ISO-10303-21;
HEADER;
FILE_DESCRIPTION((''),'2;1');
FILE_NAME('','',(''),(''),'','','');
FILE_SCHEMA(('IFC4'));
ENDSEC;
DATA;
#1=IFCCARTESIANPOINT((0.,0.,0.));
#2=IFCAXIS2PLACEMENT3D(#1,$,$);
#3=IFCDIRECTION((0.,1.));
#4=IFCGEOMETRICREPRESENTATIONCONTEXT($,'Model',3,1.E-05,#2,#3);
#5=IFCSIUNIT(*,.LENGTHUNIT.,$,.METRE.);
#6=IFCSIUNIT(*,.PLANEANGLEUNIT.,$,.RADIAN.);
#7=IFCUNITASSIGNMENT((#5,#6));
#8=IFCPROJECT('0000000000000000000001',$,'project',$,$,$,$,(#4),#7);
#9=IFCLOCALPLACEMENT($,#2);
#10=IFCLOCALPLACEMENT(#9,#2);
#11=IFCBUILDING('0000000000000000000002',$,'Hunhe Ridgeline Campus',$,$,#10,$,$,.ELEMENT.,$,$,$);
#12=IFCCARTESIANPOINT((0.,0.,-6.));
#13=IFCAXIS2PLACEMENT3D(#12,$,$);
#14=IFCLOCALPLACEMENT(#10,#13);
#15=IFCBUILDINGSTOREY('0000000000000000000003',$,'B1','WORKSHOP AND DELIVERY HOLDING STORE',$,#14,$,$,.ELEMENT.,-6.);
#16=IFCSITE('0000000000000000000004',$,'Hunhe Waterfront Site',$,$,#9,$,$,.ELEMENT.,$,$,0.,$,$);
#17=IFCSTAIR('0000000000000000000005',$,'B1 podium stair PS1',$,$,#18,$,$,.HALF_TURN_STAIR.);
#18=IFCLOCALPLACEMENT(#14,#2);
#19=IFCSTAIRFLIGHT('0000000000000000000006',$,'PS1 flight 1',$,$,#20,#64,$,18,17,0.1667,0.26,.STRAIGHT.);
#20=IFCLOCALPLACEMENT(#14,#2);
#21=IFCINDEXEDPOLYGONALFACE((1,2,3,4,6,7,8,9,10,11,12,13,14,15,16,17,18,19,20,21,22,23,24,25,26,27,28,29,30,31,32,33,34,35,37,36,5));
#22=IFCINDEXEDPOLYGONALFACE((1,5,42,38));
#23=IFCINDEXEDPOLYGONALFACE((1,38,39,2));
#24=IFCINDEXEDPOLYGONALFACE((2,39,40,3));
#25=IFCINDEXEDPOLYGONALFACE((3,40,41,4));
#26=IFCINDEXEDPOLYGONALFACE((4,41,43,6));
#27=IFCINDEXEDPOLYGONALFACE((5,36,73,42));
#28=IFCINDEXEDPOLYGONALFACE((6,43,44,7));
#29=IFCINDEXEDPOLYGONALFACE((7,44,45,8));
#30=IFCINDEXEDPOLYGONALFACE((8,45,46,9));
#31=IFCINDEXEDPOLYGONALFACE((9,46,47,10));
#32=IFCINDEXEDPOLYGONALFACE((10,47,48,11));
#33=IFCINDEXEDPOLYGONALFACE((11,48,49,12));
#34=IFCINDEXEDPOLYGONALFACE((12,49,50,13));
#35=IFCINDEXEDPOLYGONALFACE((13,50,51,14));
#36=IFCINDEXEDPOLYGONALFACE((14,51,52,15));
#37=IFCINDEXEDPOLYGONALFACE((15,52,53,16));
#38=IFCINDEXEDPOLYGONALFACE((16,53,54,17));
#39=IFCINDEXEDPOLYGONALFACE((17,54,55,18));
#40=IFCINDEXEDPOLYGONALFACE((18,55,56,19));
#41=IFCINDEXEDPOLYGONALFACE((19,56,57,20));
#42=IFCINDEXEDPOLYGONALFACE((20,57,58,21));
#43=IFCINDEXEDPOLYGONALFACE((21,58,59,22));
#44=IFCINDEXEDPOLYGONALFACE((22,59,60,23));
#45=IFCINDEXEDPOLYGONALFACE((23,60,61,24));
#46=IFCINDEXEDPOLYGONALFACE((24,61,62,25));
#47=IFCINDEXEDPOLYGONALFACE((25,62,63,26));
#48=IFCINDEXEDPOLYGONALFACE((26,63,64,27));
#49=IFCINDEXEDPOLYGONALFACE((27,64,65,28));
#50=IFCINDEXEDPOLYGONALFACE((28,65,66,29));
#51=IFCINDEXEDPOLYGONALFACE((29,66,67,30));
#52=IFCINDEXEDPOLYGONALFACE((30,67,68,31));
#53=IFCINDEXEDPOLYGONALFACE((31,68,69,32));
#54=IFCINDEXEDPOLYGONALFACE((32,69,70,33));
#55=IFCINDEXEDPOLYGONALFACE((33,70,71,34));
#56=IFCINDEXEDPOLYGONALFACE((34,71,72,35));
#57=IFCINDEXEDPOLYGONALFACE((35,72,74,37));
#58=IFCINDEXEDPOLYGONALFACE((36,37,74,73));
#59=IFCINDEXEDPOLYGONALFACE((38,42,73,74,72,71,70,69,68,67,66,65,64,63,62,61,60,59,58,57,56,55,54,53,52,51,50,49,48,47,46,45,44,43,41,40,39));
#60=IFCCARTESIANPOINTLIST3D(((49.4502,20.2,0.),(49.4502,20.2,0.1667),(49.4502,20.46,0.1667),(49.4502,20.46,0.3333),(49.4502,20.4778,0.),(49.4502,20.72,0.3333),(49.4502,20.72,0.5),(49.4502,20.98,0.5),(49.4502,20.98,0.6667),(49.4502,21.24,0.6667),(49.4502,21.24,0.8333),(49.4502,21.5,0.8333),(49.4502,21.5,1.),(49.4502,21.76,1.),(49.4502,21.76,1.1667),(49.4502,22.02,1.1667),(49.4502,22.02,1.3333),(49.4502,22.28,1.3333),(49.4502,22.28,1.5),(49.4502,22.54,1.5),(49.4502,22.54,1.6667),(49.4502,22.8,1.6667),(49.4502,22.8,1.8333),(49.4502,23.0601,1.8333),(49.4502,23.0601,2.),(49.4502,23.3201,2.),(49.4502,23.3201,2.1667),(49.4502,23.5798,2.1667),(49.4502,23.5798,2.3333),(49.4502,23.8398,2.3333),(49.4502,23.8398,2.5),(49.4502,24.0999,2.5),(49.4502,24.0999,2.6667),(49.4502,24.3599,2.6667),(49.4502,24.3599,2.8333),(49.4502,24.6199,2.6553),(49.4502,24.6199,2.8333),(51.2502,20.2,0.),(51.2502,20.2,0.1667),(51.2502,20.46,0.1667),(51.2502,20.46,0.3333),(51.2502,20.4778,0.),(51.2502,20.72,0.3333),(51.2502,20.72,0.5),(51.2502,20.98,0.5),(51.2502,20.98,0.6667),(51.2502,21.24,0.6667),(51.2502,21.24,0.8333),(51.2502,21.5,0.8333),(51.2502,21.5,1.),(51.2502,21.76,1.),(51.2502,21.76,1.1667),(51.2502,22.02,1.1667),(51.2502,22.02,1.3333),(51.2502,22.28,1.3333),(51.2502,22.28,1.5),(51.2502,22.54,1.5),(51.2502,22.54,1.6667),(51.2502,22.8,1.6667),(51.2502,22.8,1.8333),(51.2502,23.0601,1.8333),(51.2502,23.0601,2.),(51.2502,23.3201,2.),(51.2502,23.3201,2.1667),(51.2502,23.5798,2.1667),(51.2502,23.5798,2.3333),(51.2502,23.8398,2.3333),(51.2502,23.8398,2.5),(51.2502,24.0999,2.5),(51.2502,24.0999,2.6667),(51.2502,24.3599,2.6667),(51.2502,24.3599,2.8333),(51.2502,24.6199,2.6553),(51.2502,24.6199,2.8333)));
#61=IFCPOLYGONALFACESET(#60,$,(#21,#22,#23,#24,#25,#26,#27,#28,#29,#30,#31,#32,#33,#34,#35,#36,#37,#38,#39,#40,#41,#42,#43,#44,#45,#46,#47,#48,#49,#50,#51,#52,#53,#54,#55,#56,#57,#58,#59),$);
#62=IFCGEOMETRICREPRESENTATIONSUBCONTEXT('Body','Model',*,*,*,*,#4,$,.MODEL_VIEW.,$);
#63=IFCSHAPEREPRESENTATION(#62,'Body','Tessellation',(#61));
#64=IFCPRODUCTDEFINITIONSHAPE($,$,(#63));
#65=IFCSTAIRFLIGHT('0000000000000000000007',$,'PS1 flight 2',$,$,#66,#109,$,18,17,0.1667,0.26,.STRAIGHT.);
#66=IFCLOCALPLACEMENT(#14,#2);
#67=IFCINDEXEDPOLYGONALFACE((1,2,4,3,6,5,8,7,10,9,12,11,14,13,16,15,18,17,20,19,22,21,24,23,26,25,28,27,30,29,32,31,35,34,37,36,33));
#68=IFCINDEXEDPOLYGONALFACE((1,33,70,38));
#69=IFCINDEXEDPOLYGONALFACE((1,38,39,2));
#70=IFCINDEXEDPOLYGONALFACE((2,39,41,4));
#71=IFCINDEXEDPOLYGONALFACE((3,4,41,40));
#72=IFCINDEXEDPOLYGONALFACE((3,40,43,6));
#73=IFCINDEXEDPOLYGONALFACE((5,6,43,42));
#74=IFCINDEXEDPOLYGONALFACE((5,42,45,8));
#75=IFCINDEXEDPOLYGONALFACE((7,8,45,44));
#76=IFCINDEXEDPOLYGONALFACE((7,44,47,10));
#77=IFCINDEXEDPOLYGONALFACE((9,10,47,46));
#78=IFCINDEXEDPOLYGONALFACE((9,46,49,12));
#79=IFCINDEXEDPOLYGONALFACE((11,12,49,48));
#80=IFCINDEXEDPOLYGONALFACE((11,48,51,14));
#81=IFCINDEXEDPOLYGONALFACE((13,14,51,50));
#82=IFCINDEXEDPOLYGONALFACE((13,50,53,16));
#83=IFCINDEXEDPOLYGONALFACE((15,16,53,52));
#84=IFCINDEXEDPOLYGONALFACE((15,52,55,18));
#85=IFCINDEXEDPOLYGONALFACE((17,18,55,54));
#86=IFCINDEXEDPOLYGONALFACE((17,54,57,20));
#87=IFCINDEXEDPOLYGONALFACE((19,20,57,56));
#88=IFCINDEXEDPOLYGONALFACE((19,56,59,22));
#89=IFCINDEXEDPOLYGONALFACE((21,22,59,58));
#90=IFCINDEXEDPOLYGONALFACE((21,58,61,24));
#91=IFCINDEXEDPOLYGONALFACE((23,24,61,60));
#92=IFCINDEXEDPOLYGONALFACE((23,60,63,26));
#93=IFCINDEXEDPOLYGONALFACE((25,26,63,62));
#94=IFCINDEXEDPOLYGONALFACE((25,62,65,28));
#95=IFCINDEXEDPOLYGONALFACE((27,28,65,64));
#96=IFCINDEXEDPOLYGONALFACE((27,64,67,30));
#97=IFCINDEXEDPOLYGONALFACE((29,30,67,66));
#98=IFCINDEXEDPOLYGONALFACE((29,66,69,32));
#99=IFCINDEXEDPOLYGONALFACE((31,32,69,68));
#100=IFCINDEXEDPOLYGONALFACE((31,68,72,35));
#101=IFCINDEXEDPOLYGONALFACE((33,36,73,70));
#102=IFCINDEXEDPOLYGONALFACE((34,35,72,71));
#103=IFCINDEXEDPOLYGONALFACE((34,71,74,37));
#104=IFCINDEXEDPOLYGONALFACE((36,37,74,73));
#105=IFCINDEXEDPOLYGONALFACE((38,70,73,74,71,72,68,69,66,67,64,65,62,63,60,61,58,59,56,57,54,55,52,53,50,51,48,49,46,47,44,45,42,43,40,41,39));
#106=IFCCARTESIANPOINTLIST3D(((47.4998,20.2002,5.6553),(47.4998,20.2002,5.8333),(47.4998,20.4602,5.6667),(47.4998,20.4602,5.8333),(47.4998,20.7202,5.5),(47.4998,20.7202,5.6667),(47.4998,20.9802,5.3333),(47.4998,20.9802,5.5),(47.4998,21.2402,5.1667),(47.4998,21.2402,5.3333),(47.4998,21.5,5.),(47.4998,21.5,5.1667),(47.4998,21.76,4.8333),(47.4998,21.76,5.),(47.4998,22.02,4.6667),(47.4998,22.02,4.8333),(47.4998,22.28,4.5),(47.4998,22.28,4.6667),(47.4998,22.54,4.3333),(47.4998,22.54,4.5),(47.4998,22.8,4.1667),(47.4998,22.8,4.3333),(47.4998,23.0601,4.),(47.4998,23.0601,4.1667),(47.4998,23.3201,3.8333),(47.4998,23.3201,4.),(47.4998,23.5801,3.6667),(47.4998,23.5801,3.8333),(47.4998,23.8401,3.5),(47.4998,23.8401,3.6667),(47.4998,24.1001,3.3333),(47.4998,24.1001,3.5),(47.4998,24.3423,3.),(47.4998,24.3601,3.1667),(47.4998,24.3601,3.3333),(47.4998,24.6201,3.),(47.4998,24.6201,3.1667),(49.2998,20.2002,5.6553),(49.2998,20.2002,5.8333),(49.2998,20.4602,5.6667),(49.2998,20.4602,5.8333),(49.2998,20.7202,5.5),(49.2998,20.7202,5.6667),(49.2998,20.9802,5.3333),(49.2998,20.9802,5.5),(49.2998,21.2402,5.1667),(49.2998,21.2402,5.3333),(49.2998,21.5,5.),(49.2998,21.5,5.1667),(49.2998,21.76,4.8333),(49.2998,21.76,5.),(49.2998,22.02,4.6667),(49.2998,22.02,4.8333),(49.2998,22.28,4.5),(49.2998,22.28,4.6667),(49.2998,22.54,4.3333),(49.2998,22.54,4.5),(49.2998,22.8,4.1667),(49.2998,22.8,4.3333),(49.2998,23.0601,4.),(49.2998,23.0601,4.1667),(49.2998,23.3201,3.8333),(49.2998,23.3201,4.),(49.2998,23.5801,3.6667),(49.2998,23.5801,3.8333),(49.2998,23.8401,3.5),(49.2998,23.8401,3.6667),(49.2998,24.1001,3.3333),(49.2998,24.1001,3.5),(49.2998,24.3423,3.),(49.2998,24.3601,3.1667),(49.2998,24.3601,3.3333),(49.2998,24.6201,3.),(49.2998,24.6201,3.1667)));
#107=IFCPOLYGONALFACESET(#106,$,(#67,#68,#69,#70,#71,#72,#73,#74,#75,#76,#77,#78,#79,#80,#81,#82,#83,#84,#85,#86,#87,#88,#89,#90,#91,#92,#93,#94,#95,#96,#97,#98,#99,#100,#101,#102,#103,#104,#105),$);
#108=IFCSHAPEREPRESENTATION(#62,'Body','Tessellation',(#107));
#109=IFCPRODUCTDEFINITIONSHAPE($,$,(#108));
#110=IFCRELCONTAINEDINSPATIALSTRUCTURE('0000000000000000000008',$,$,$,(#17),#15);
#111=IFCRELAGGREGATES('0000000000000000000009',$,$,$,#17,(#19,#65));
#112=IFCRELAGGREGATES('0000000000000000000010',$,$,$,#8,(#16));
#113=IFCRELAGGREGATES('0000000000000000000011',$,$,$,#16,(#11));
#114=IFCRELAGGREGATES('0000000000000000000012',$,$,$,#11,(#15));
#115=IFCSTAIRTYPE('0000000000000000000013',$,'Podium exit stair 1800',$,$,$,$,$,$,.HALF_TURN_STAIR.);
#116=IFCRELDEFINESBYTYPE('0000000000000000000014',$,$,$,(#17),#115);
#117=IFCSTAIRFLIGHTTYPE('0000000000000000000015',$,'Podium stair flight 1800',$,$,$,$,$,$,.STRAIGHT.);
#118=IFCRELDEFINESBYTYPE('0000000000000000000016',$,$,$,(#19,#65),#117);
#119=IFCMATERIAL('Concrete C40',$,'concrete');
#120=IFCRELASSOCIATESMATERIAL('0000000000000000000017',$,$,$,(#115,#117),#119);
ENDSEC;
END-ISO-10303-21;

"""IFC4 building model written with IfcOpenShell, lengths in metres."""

from ifc_helpers import new_model, si_unit, direction, frame, origin, place, context, subcontext, project, spatial, polyline, outline, extrude, material, type_object, element, aggregate, save


model = new_model("IFC4")

# Units and contexts
model_context = context("Model", 3, precision=1e-05, world=origin(), true_north=direction((0.0, 1.0)))
body_context = subcontext(model_context, "Body", "Model", "MODEL_VIEW")
ifc_project = project(units=[si_unit("LENGTHUNIT", "METRE"), si_unit("PLANEANGLEUNIT", "RADIAN")], contexts=[model_context])

# Site, building, storey
site_placement = place(None, origin())
site = spatial("IfcSite", under=ifc_project, at=site_placement, Name="Hunhe Waterfront Site", CompositionType="ELEMENT", RefElevation=0.0)
building_placement = place(site_placement, origin())
building = spatial("IfcBuilding", under=site, at=building_placement, Name="Hunhe Ridgeline Campus", CompositionType="ELEMENT")
storey_placement = place(building_placement, frame((0.0, 0.0, -6.0)))
storey = spatial("IfcBuildingStorey", under=building, at=storey_placement, Name="B1", Description="WORKSHOP AND DELIVERY HOLDING STORE", CompositionType="ELEMENT", Elevation=-6.0)

# Shared definitions
ifc_material_1 = material(Name="Concrete C40", Category="concrete")

# Stair, stair flights
stair_type = type_object("IfcStairType", Name="Podium exit stair 1800", PredefinedType="HALF_TURN_STAIR", material=ifc_material_1)
stair_placement = place(storey_placement, origin())
stair = element("IfcStair", 1, at=stair_placement, inside=storey, type_object=stair_type, Name="B1 podium stair PS1", PredefinedType="HALF_TURN_STAIR")
stair_flight_type = type_object("IfcStairFlightType", Name="Podium stair flight 1800", PredefinedType="STRAIGHT", material=ifc_material_1)
stair_flight_1_placement = place(storey_placement, frame((50.3501, 20.2, 0.0), z_axis=(0.0, 0.0, 1.0), x_axis=(0.0, 1.0, 0.0)))
stair_flight_1 = element("IfcStairFlight", 2, at=stair_flight_1_placement, type_object=stair_flight_type, Name="PS1 flight 1", NumberOfRisers=18, NumberOfTreads=17, PredefinedType="STRAIGHT", RiserHeight=0.1667, TreadLength=0.26, context=body_context, shape_type="SweptSolid", body=[
    extrude(outline(polyline([(0.0, 0.0), (0.0, 0.1667), (0.26, 0.1667), (0.26, 0.3333), (0.52, 0.3333), (0.52, 0.5), (0.78, 0.5), (0.78, 0.6667), (1.04, 0.6667), (1.04, 0.8333), (1.3, 0.8333), (1.3, 1.0), (1.5601, 1.0), (1.5601, 1.1667), (1.8201, 1.1667), (1.8201, 1.3333), (2.0801, 1.3333), (2.0801, 1.5), (2.3401, 1.5), (2.3401, 1.6667), (2.6001, 1.6667), (2.6001, 1.8333), (2.8601, 1.8333), (2.8601, 2.0), (3.1201, 2.0), (3.1201, 2.1667), (3.3799, 2.1667), (3.3799, 2.3333), (3.6399, 2.3333), (3.6399, 2.5), (3.8999, 2.5), (3.8999, 2.6667), (4.1599, 2.6667), (4.1599, 2.8333), (4.4199, 2.8333), (4.4199, 3.0), (4.4199, 2.6553), (0.2778, 0.0), (0.0, 0.0)])), frame((0.0, 0.8999, 0.0), z_axis=(0.0, -1.0, 0.0), x_axis=(1.0, 0.0, 0.0)), (0.0, 0.0, 1.0), 1.8),
])
stair_flight_2_placement = place(storey_placement, frame((48.3999, 24.6201, 3.0), z_axis=(0.0, 0.0, 1.0), x_axis=(0.0, -1.0, 0.0)))
stair_flight_2 = element("IfcStairFlight", 3, at=stair_flight_2_placement, type_object=stair_flight_type, Name="PS1 flight 2", NumberOfRisers=18, NumberOfTreads=17, PredefinedType="STRAIGHT", RiserHeight=0.1667, TreadLength=0.26, context=body_context, shape_type="SweptSolid", body=[
    extrude(outline(polyline([(0.0, 0.0), (0.0, 0.1667), (0.26, 0.1667), (0.26, 0.3333), (0.52, 0.3333), (0.52, 0.5), (0.78, 0.5), (0.78, 0.6667), (1.04, 0.6667), (1.04, 0.8333), (1.3, 0.8333), (1.3, 1.0), (1.5601, 1.0), (1.5601, 1.1667), (1.8201, 1.1667), (1.8201, 1.3333), (2.0801, 1.3333), (2.0801, 1.5), (2.3401, 1.5), (2.3401, 1.6667), (2.6001, 1.6667), (2.6001, 1.8333), (2.8601, 1.8333), (2.8601, 2.0), (3.1201, 2.0), (3.1201, 2.1667), (3.3799, 2.1667), (3.3799, 2.3333), (3.6399, 2.3333), (3.6399, 2.5), (3.8999, 2.5), (3.8999, 2.6667), (4.1599, 2.6667), (4.1599, 2.8333), (4.4199, 2.8333), (4.4199, 3.0), (4.4199, 2.6553), (0.2778, 0.0), (0.0, 0.0)])), frame((0.0, 0.8999, 0.0), z_axis=(0.0, -1.0, 0.0), x_axis=(1.0, 0.0, 0.0)), (0.0, 0.0, 1.0), 1.8),
])
aggregate(stair, [stair_flight_1, stair_flight_2])

save(model, "model.ifc")
